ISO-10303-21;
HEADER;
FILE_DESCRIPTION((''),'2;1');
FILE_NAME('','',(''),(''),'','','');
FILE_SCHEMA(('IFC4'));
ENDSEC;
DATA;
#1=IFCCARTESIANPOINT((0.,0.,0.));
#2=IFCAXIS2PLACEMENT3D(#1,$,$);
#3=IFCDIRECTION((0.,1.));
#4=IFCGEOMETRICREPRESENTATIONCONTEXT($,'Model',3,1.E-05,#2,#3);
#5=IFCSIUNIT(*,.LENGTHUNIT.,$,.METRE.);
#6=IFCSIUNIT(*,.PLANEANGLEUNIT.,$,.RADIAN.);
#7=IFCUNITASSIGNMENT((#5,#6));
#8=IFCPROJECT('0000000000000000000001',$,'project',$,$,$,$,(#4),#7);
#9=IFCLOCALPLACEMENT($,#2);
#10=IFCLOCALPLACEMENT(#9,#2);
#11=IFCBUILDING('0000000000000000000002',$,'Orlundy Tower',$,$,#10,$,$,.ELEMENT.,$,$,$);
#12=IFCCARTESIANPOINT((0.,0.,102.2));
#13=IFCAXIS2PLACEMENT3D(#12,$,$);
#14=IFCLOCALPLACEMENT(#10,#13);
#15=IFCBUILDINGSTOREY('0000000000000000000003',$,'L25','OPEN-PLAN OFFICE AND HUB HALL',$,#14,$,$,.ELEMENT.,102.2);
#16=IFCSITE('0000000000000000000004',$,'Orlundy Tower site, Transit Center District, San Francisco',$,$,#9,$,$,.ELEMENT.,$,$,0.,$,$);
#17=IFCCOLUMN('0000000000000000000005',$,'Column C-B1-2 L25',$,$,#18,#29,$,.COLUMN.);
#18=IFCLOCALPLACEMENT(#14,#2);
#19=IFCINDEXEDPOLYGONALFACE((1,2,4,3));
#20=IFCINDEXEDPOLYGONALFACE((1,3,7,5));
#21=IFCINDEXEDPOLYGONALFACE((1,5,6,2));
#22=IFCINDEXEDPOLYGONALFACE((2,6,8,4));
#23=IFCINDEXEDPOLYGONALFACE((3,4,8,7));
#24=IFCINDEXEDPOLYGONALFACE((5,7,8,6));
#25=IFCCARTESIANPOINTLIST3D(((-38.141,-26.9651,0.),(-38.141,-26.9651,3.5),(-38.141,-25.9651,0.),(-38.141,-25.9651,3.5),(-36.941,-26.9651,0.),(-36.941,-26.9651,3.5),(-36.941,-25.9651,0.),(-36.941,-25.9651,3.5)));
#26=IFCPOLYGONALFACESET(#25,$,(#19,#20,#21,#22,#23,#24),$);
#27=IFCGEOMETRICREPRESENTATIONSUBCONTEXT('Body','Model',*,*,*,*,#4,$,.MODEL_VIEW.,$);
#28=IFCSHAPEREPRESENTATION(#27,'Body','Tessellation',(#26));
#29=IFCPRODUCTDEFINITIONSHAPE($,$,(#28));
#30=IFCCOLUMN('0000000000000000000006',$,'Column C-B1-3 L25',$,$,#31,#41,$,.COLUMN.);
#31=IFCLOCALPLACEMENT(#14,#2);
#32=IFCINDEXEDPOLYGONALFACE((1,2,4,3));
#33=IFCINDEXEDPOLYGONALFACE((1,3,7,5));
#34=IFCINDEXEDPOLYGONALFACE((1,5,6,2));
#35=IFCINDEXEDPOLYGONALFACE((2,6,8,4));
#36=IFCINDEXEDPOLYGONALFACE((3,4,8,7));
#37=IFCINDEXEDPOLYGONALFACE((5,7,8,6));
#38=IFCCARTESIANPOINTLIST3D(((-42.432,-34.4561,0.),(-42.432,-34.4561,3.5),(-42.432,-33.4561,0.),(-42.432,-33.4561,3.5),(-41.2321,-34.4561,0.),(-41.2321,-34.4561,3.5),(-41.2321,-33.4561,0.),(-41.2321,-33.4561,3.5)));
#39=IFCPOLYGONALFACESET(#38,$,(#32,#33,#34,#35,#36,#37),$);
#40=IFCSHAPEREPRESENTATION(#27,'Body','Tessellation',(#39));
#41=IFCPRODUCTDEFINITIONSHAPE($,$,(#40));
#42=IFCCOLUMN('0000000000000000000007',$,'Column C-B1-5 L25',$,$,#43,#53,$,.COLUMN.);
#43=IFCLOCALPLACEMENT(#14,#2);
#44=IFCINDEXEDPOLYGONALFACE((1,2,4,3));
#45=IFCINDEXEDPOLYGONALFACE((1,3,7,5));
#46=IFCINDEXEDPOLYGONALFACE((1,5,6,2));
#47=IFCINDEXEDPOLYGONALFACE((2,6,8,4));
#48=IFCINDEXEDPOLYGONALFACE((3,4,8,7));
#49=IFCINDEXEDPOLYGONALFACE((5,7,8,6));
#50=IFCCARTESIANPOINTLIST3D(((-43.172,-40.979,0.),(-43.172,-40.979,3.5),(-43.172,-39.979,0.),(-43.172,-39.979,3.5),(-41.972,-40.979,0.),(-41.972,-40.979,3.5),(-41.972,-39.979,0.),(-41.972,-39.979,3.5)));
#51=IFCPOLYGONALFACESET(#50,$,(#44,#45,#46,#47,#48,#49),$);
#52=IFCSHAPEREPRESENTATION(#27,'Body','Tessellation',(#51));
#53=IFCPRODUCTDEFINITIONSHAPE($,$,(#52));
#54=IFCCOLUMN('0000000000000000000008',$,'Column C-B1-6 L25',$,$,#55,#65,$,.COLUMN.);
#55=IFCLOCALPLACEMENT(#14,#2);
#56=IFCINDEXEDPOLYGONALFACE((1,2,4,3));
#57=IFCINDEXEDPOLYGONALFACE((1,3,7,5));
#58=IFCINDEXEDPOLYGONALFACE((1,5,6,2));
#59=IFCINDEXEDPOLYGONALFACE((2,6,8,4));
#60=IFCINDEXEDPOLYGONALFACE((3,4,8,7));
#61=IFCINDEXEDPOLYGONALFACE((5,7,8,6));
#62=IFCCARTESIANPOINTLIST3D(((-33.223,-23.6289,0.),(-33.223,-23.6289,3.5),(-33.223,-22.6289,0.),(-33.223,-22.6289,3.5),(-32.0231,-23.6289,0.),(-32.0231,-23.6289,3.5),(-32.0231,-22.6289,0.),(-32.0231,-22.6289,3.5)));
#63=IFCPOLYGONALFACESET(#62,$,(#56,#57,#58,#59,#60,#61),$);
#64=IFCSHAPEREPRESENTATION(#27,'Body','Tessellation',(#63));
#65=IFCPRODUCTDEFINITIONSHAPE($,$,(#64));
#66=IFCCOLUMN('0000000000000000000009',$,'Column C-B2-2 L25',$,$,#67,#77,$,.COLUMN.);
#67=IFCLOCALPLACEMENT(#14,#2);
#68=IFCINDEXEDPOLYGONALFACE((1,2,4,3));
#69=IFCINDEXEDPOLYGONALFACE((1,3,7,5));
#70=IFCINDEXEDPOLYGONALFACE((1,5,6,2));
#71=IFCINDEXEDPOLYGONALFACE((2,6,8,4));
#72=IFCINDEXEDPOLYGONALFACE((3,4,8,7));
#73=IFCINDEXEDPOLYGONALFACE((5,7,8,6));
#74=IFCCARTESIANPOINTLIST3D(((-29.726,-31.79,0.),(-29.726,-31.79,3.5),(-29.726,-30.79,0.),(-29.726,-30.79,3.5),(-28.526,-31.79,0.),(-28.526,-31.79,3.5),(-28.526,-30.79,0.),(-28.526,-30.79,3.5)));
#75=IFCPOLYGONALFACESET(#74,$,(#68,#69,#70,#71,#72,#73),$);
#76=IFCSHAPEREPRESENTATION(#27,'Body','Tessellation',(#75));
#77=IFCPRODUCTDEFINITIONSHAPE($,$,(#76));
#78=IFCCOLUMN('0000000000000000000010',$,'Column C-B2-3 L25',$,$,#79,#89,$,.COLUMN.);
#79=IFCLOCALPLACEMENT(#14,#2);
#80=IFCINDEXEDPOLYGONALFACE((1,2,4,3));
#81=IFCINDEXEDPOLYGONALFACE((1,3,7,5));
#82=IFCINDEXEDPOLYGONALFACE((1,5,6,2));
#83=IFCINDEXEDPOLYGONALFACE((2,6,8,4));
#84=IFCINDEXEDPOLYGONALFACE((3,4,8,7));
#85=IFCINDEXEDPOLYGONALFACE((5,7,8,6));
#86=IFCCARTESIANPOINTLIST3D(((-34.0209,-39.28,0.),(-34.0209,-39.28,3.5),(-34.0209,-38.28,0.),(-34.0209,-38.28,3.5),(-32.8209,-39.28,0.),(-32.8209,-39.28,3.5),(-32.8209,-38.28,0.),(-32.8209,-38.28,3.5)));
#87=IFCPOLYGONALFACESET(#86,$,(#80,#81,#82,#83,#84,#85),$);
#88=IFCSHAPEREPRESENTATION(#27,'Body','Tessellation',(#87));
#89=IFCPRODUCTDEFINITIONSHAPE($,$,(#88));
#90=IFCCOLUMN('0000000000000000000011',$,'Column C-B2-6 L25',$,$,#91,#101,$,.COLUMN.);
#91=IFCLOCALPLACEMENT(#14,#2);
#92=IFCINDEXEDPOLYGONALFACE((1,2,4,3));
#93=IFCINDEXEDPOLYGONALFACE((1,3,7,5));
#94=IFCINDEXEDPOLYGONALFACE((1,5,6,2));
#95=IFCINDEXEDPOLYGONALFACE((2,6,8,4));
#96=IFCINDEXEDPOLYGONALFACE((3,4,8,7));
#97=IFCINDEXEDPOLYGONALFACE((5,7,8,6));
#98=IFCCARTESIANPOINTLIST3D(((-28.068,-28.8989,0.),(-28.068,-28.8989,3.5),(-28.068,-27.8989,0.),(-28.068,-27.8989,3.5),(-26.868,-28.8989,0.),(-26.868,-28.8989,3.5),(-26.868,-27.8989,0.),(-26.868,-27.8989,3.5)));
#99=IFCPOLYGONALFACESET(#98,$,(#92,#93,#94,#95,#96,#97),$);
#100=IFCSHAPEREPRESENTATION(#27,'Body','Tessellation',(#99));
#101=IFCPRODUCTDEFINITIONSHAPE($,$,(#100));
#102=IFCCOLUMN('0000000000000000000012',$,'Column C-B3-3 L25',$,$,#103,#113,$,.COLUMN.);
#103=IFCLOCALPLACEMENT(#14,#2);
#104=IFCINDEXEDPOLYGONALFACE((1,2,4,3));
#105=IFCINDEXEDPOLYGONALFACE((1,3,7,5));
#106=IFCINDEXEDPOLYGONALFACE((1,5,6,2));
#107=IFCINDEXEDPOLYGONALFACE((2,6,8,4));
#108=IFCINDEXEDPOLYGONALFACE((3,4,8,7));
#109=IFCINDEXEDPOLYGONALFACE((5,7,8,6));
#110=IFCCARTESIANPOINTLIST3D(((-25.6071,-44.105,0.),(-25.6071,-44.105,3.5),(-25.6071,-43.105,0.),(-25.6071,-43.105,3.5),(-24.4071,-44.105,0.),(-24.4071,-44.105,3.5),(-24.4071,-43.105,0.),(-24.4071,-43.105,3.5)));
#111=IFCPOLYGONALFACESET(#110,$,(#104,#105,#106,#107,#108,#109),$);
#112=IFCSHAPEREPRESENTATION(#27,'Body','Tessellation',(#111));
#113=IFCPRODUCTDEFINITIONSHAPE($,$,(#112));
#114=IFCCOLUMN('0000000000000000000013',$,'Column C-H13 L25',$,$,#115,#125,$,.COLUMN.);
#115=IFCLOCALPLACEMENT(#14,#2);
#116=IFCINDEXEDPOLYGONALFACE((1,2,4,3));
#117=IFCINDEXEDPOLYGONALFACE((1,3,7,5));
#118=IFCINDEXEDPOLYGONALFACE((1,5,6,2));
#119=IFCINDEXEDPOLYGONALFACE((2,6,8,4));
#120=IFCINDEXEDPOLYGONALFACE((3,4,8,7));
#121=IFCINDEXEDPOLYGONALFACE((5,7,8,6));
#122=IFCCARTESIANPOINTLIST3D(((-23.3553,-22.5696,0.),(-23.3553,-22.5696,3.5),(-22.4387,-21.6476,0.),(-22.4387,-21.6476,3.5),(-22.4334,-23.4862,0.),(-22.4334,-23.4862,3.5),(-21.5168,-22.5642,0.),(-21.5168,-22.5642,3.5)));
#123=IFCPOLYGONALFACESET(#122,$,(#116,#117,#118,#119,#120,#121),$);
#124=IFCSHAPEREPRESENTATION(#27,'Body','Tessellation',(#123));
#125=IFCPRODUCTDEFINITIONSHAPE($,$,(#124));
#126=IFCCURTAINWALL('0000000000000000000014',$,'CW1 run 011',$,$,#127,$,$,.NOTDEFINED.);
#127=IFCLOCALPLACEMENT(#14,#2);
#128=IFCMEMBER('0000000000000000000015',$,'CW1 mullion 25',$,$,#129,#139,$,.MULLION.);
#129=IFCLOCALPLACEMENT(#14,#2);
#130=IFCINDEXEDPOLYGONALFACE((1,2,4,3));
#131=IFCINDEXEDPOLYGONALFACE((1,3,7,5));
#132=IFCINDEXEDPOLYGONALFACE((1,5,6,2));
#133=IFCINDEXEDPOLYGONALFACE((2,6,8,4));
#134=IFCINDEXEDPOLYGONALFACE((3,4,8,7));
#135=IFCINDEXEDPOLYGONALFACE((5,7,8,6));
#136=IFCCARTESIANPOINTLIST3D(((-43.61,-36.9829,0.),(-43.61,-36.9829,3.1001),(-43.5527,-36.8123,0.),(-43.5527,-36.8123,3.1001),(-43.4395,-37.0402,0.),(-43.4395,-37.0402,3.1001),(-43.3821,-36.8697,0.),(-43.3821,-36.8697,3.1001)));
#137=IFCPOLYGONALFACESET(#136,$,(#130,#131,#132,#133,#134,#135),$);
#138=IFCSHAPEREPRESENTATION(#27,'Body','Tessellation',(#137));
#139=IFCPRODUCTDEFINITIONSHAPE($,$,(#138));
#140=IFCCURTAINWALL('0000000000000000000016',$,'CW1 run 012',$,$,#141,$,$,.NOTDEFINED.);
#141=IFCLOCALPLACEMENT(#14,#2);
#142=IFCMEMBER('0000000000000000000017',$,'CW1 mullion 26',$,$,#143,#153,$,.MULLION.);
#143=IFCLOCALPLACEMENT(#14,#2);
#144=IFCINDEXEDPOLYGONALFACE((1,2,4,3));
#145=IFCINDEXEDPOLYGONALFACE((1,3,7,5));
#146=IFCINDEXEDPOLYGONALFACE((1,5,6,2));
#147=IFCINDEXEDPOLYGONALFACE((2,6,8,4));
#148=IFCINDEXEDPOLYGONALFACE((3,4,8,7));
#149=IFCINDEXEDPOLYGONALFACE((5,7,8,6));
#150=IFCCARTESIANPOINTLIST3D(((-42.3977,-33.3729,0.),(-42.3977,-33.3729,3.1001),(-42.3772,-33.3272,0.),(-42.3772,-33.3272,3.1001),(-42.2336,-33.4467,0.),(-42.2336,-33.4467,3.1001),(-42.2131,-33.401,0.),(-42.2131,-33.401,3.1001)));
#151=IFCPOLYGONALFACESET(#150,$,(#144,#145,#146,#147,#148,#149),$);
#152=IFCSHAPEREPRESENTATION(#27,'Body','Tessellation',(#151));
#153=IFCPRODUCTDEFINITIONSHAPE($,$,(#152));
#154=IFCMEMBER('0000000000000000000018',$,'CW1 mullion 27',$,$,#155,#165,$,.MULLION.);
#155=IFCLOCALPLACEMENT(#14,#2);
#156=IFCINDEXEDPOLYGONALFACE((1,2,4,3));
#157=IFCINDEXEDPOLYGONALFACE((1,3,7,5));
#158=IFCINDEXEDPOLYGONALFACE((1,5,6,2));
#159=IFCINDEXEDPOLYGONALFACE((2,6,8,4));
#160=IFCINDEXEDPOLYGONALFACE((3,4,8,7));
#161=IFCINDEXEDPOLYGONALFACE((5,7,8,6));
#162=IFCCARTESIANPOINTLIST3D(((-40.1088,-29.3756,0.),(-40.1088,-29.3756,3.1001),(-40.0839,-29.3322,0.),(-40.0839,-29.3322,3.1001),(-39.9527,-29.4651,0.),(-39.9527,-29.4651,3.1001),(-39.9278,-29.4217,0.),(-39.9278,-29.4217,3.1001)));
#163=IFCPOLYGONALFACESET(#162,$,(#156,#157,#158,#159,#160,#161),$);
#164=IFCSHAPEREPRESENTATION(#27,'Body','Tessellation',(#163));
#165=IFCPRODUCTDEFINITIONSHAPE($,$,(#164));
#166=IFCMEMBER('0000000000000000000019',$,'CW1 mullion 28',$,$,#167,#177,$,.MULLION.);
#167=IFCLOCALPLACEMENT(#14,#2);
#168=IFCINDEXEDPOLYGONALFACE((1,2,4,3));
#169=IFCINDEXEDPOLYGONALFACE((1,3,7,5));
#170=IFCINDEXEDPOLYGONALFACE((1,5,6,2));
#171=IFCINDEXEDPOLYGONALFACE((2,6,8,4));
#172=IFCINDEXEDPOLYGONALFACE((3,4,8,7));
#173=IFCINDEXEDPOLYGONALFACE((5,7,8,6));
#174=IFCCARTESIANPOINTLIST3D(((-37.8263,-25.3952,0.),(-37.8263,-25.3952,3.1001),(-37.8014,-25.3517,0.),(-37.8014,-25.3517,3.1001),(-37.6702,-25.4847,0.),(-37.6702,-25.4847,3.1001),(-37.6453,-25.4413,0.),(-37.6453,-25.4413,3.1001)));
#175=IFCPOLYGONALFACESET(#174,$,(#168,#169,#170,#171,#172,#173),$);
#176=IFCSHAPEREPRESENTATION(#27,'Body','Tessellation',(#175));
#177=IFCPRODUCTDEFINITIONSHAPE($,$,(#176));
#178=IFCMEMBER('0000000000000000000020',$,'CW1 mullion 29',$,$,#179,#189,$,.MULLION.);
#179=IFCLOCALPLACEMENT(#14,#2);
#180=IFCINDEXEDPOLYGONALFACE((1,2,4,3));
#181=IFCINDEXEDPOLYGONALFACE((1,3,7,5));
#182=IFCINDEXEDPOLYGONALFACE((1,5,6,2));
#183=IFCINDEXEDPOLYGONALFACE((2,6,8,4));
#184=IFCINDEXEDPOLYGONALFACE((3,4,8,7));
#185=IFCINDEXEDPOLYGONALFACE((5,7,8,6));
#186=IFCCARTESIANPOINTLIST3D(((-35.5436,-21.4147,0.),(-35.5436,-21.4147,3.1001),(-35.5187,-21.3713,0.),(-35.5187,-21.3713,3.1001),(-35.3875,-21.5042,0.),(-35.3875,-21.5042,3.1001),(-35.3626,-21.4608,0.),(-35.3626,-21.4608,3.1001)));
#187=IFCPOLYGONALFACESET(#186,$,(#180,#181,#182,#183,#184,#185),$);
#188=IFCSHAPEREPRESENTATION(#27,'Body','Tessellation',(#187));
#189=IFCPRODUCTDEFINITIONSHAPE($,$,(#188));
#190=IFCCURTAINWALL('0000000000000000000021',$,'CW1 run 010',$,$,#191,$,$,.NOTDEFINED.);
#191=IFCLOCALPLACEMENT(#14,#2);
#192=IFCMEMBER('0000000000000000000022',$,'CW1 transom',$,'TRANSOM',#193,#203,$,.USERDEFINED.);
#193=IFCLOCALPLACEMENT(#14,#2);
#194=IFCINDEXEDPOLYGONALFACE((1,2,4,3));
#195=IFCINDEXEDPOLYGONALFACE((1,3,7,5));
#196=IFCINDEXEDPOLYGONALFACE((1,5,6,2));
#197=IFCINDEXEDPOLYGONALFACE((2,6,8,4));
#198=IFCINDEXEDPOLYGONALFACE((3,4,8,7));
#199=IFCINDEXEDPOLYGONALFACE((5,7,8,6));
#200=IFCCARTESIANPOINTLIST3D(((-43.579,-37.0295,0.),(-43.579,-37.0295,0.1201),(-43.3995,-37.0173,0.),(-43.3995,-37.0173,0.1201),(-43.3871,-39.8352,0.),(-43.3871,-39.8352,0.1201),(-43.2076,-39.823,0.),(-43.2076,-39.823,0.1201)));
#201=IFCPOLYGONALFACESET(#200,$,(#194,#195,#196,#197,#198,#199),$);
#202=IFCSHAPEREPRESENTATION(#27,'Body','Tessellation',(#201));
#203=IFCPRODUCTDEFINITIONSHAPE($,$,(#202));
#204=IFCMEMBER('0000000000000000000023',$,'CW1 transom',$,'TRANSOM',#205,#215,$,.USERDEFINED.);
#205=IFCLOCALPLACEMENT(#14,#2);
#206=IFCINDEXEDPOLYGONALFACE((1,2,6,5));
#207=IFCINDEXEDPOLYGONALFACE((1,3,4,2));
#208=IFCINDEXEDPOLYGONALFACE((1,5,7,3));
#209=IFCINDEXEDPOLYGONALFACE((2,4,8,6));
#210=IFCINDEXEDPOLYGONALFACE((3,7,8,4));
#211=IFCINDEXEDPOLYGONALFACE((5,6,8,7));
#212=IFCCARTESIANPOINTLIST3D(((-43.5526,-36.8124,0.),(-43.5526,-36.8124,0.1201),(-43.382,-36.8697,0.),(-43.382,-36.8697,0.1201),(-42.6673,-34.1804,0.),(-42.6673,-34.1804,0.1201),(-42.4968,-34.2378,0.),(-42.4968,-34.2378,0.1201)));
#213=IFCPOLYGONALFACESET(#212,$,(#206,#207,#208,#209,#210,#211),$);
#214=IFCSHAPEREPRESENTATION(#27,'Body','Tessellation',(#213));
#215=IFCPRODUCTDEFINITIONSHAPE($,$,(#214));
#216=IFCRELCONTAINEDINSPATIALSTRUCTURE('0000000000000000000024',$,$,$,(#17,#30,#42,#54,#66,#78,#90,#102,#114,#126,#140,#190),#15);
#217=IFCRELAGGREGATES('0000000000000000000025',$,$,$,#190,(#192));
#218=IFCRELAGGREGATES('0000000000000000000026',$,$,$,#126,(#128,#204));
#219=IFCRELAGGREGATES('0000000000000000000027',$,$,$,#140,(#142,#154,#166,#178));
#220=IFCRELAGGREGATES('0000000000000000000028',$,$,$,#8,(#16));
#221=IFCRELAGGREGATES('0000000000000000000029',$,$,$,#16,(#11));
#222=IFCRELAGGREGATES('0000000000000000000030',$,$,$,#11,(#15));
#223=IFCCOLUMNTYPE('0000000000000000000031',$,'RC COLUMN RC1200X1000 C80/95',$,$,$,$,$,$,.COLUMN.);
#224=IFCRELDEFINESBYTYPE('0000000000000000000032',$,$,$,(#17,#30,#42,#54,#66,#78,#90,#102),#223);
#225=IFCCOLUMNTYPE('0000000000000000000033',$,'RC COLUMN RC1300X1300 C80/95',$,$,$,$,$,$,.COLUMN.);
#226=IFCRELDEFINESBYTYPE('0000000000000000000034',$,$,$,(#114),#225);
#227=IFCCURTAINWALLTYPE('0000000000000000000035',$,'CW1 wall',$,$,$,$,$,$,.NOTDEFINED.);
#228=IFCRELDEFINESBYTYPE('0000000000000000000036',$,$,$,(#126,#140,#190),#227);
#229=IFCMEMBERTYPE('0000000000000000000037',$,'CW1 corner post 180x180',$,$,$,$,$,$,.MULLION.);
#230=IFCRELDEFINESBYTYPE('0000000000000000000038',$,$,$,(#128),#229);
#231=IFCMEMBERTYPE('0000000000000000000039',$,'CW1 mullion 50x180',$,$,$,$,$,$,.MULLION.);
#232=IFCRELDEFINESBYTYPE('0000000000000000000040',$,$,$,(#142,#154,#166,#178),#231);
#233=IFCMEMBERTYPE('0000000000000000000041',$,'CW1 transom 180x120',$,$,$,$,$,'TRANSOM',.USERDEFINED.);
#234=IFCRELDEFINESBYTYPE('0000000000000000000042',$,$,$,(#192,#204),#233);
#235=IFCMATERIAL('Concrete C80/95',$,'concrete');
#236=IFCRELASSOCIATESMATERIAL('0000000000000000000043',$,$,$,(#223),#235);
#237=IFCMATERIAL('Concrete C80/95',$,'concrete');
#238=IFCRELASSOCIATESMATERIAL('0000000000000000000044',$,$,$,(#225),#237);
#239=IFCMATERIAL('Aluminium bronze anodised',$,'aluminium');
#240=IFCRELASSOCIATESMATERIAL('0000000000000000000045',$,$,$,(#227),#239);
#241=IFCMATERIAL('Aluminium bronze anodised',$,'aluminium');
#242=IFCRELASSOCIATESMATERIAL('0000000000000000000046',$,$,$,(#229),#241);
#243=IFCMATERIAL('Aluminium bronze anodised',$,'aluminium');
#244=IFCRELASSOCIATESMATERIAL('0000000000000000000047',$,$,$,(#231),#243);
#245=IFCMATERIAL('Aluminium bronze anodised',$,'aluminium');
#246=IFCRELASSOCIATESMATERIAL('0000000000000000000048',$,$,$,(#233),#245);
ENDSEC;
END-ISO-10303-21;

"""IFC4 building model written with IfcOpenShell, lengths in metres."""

from ifc_helpers import new_model, si_unit, direction, frame, origin, origin_2d, place, context, subcontext, project, spatial, rectangle, extrude, material, material_profile, profile_set, type_object, element, aggregate, save


model = new_model("IFC4")

# Units and contexts
model_context = context("Model", 3, precision=1e-05, world=origin(), true_north=direction((0.0, 1.0)))
body_context = subcontext(model_context, "Body", "Model", "MODEL_VIEW")
ifc_project = project(units=[si_unit("LENGTHUNIT", "METRE"), si_unit("PLANEANGLEUNIT", "RADIAN")], contexts=[model_context])

# Site, building, storey
site_placement = place(None, origin())
site = spatial("IfcSite", under=ifc_project, at=site_placement, Name="Orlundy Tower site, Transit Center District, San Francisco", CompositionType="ELEMENT", RefElevation=0.0)
building_placement = place(site_placement, origin())
building = spatial("IfcBuilding", under=site, at=building_placement, Name="Orlundy Tower", CompositionType="ELEMENT")
storey_placement = place(building_placement, frame((0.0, 0.0, 102.2)))
storey = spatial("IfcBuildingStorey", under=building, at=storey_placement, Name="L25", Description="OPEN-PLAN OFFICE AND HUB HALL", CompositionType="ELEMENT", Elevation=102.2)

# Columns
ifc_material_1 = material(Name="Concrete C80/95", Category="concrete")
ifc_material_profile_1 = material_profile(ifc_material_1, rectangle(XDim=1.2, YDim=1.0, at=origin_2d()), Name="RC1200X1000")
ifc_profile_set_1 = profile_set([ifc_material_profile_1], Name="Concrete C80/95")
column_type_1 = type_object("IfcColumnType", Name="RC COLUMN RC1200X1000 C80/95", PredefinedType="COLUMN", material=ifc_profile_set_1)
for number, where, z_axis, x_axis, name in (
    (1, (-37.541, -26.4651, 0.0), (0.0, 0.0, 1.0), (1.0, 0.0, 0.0), "Column C-B1-2 L25"),
    (2, (-41.832, -33.9561, 0.0), (0.0, 0.0, 1.0), (1.0, 0.0, 0.0), "Column C-B1-3 L25"),
    (3, (-42.572, -40.479, 0.0), (0.0, 0.0, 1.0), (1.0, 0.0, 0.0), "Column C-B1-5 L25"),
    (4, (-32.623, -23.1289, 0.0), (0.0, 0.0, 1.0), (1.0, 0.0, 0.0), "Column C-B1-6 L25"),
    (5, (-29.126, -31.29, 0.0), (0.0, 0.0, 1.0), (1.0, 0.0, 0.0), "Column C-B2-2 L25"),
    (6, (-33.4209, -38.78, 0.0), (0.0, 0.0, 1.0), (1.0, 0.0, 0.0), "Column C-B2-3 L25"),
    (7, (-27.468, -28.3989, 0.0), (0.0, 0.0, 1.0), (1.0, 0.0, 0.0), "Column C-B2-6 L25"),
    (8, (-25.0071, -43.605, 0.0), (0.0, 0.0, 1.0), (1.0, 0.0, 0.0), "Column C-B3-3 L25"),
):
    element("IfcColumn", number, at=place(storey_placement, frame(where, z_axis=z_axis, x_axis=x_axis)), inside=storey, type_object=column_type_1, Name=name, PredefinedType="COLUMN", context=body_context, shape_type="SweptSolid", body=[
        extrude(rectangle(XDim=1.2, YDim=1.0, at=origin_2d()), origin(), (0.0, 0.0, 1.0), 3.5),
    ])
ifc_material_2 = material(Name="Concrete C80/95", Category="concrete")
ifc_material_profile_2 = material_profile(ifc_material_2, rectangle(XDim=1.3, YDim=1.3, at=origin_2d()), Name="RC1300X1300")
ifc_profile_set_2 = profile_set([ifc_material_profile_2], Name="Concrete C80/95")
column_type_2 = type_object("IfcColumnType", Name="RC COLUMN RC1300X1300 C80/95", PredefinedType="COLUMN", material=ifc_profile_set_2)
column_placement = place(storey_placement, frame((-22.436, -22.5669, 0.0), z_axis=(0.0, 0.0, 1.0), x_axis=(-0.705043, -0.709165, 0.0)))
element("IfcColumn", 9, at=column_placement, inside=storey, type_object=column_type_2, Name="Column C-H13 L25", PredefinedType="COLUMN", context=body_context, shape_type="SweptSolid", body=[
    extrude(rectangle(XDim=1.3, YDim=1.3, at=origin_2d()), origin(), (0.0, 0.0, 1.0), 3.5),
])

# Curtain wall, member
ifc_material_3 = material(Name="Aluminium bronze anodised", Category="aluminium")
curtain_wall_type = type_object("IfcCurtainWallType", Name="CW1 wall", PredefinedType="NOTDEFINED", material=ifc_material_3)
curtain_wall_1_placement = place(storey_placement, origin())
curtain_wall_1 = element("IfcCurtainWall", 10, at=curtain_wall_1_placement, inside=storey, type_object=curtain_wall_type, Name="CW1 run 011", PredefinedType="NOTDEFINED")
ifc_material_4 = material(Name="Aluminium bronze anodised", Category="aluminium")
ifc_material_profile_3 = material_profile(ifc_material_4, rectangle(XDim=0.1799, YDim=0.1799, at=origin_2d()), Name="CW1 corner post 180x180")
ifc_profile_set_3 = profile_set([ifc_material_profile_3], Name="Aluminium bronze anodised")
member_type_1 = type_object("IfcMemberType", Name="CW1 corner post 180x180", PredefinedType="MULLION", material=ifc_profile_set_3)
member_1_placement = place(storey_placement, frame((-43.4961, -36.9263, 0.0), z_axis=(0.0, 0.0, 1.0), x_axis=(-0.947817, 0.318816, 0.0)))
member_1 = element("IfcMember", 11, at=member_1_placement, type_object=member_type_1, Name="CW1 mullion 25", PredefinedType="MULLION", context=body_context, shape_type="SweptSolid", body=[
    extrude(rectangle(XDim=0.1799, YDim=0.1799, at=origin_2d()), origin(), (0.0, 0.0, 1.0), 3.1001),
])

# Curtain wall, members
curtain_wall_2_placement = place(storey_placement, origin())
curtain_wall_2 = element("IfcCurtainWall", 12, at=curtain_wall_2_placement, inside=storey, type_object=curtain_wall_type, Name="CW1 run 012", PredefinedType="NOTDEFINED")
ifc_material_5 = material(Name="Aluminium bronze anodised", Category="aluminium")
ifc_material_profile_4 = material_profile(ifc_material_5, rectangle(XDim=0.1799, YDim=0.05, at=origin_2d()), Name="CW1 mullion 50x180")
ifc_profile_set_4 = profile_set([ifc_material_profile_4], Name="Aluminium bronze anodised")
member_type_2 = type_object("IfcMemberType", Name="CW1 mullion 50x180", PredefinedType="MULLION", material=ifc_profile_set_4)
member_2_placement = place(storey_placement, frame((-42.3054, -33.387, 0.0), z_axis=(0.0, 0.0, 1.0), x_axis=(-0.912034, 0.410114, 0.0)))
member_2 = element("IfcMember", 13, at=member_2_placement, type_object=member_type_2, Name="CW1 mullion 26", PredefinedType="MULLION", context=body_context, shape_type="SweptSolid", body=[
    extrude(rectangle(XDim=0.1799, YDim=0.05, at=origin_2d()), origin(), (0.0, 0.0, 1.0), 3.1001),
])
member_3_placement = place(storey_placement, frame((-40.0183, -29.3987, 0.0), z_axis=(0.0, 0.0, 1.0), x_axis=(-0.867482, 0.497468, 0.0)))
member_3 = element("IfcMember", 14, at=member_3_placement, type_object=member_type_2, Name="CW1 mullion 27", PredefinedType="MULLION", context=body_context, shape_type="SweptSolid", body=[
    extrude(rectangle(XDim=0.1799, YDim=0.05, at=origin_2d()), origin(), (0.0, 0.0, 1.0), 3.1001),
])
member_4_placement = place(storey_placement, frame((-37.7358, -25.4182, 0.0), z_axis=(0.0, 0.0, 1.0), x_axis=(-0.867482, 0.497468, 0.0)))
member_4 = element("IfcMember", 15, at=member_4_placement, type_object=member_type_2, Name="CW1 mullion 28", PredefinedType="MULLION", context=body_context, shape_type="SweptSolid", body=[
    extrude(rectangle(XDim=0.1799, YDim=0.05, at=origin_2d()), origin(), (0.0, 0.0, 1.0), 3.1001),
])
member_5_placement = place(storey_placement, frame((-35.4531, -21.4377, 0.0), z_axis=(0.0, 0.0, 1.0), x_axis=(-0.867482, 0.497468, 0.0)))
member_5 = element("IfcMember", 16, at=member_5_placement, type_object=member_type_2, Name="CW1 mullion 29", PredefinedType="MULLION", context=body_context, shape_type="SweptSolid", body=[
    extrude(rectangle(XDim=0.1799, YDim=0.05, at=origin_2d()), origin(), (0.0, 0.0, 1.0), 3.1001),
])

# Curtain wall, member
curtain_wall_3_placement = place(storey_placement, origin())
curtain_wall_3 = element("IfcCurtainWall", 17, at=curtain_wall_3_placement, inside=storey, type_object=curtain_wall_type, Name="CW1 run 010", PredefinedType="NOTDEFINED")
ifc_material_6 = material(Name="Aluminium bronze anodised", Category="aluminium")
ifc_material_profile_5 = material_profile(ifc_material_6, rectangle(XDim=0.1799, YDim=0.1201, at=origin_2d()), Name="CW1 transom 180x120")
ifc_profile_set_5 = profile_set([ifc_material_profile_5], Name="Aluminium bronze anodised")
member_type_3 = type_object("IfcMemberType", Name="CW1 transom 180x120", ElementType="TRANSOM", PredefinedType="USERDEFINED", material=ifc_profile_set_5)
member_6_placement = place(storey_placement, frame((-43.2974, -39.8291, 0.0601), z_axis=(-0.068236, 0.997669, 0.0), x_axis=(-0.997669, -0.068236, 0.0)))
member_6 = element("IfcMember", 18, at=member_6_placement, type_object=member_type_3, Name="CW1 transom", ObjectType="TRANSOM", PredefinedType="USERDEFINED", context=body_context, shape_type="SweptSolid", body=[
    extrude(rectangle(XDim=0.1799, YDim=0.1201, at=origin_2d()), origin(), (0.0, 0.0, 1.0), 2.8123),
])

# Member
member_7_placement = place(storey_placement, frame((-43.4673, -36.8411, 0.0601), z_axis=(0.318785, 0.947827, 0.0), x_axis=(-0.947827, 0.318785, 0.0)))
member_7 = element("IfcMember", 19, at=member_7_placement, type_object=member_type_3, Name="CW1 transom", ObjectType="TRANSOM", PredefinedType="USERDEFINED", context=body_context, shape_type="SweptSolid", body=[
    extrude(rectangle(XDim=0.1799, YDim=0.1201, at=origin_2d()), origin(), (0.0, 0.0, 1.0), 2.7769),
])

aggregate(curtain_wall_3, [member_6])
aggregate(curtain_wall_1, [member_1, member_7])
aggregate(curtain_wall_2, [member_2, member_3, member_4, member_5])

save(model, "model.ifc")
